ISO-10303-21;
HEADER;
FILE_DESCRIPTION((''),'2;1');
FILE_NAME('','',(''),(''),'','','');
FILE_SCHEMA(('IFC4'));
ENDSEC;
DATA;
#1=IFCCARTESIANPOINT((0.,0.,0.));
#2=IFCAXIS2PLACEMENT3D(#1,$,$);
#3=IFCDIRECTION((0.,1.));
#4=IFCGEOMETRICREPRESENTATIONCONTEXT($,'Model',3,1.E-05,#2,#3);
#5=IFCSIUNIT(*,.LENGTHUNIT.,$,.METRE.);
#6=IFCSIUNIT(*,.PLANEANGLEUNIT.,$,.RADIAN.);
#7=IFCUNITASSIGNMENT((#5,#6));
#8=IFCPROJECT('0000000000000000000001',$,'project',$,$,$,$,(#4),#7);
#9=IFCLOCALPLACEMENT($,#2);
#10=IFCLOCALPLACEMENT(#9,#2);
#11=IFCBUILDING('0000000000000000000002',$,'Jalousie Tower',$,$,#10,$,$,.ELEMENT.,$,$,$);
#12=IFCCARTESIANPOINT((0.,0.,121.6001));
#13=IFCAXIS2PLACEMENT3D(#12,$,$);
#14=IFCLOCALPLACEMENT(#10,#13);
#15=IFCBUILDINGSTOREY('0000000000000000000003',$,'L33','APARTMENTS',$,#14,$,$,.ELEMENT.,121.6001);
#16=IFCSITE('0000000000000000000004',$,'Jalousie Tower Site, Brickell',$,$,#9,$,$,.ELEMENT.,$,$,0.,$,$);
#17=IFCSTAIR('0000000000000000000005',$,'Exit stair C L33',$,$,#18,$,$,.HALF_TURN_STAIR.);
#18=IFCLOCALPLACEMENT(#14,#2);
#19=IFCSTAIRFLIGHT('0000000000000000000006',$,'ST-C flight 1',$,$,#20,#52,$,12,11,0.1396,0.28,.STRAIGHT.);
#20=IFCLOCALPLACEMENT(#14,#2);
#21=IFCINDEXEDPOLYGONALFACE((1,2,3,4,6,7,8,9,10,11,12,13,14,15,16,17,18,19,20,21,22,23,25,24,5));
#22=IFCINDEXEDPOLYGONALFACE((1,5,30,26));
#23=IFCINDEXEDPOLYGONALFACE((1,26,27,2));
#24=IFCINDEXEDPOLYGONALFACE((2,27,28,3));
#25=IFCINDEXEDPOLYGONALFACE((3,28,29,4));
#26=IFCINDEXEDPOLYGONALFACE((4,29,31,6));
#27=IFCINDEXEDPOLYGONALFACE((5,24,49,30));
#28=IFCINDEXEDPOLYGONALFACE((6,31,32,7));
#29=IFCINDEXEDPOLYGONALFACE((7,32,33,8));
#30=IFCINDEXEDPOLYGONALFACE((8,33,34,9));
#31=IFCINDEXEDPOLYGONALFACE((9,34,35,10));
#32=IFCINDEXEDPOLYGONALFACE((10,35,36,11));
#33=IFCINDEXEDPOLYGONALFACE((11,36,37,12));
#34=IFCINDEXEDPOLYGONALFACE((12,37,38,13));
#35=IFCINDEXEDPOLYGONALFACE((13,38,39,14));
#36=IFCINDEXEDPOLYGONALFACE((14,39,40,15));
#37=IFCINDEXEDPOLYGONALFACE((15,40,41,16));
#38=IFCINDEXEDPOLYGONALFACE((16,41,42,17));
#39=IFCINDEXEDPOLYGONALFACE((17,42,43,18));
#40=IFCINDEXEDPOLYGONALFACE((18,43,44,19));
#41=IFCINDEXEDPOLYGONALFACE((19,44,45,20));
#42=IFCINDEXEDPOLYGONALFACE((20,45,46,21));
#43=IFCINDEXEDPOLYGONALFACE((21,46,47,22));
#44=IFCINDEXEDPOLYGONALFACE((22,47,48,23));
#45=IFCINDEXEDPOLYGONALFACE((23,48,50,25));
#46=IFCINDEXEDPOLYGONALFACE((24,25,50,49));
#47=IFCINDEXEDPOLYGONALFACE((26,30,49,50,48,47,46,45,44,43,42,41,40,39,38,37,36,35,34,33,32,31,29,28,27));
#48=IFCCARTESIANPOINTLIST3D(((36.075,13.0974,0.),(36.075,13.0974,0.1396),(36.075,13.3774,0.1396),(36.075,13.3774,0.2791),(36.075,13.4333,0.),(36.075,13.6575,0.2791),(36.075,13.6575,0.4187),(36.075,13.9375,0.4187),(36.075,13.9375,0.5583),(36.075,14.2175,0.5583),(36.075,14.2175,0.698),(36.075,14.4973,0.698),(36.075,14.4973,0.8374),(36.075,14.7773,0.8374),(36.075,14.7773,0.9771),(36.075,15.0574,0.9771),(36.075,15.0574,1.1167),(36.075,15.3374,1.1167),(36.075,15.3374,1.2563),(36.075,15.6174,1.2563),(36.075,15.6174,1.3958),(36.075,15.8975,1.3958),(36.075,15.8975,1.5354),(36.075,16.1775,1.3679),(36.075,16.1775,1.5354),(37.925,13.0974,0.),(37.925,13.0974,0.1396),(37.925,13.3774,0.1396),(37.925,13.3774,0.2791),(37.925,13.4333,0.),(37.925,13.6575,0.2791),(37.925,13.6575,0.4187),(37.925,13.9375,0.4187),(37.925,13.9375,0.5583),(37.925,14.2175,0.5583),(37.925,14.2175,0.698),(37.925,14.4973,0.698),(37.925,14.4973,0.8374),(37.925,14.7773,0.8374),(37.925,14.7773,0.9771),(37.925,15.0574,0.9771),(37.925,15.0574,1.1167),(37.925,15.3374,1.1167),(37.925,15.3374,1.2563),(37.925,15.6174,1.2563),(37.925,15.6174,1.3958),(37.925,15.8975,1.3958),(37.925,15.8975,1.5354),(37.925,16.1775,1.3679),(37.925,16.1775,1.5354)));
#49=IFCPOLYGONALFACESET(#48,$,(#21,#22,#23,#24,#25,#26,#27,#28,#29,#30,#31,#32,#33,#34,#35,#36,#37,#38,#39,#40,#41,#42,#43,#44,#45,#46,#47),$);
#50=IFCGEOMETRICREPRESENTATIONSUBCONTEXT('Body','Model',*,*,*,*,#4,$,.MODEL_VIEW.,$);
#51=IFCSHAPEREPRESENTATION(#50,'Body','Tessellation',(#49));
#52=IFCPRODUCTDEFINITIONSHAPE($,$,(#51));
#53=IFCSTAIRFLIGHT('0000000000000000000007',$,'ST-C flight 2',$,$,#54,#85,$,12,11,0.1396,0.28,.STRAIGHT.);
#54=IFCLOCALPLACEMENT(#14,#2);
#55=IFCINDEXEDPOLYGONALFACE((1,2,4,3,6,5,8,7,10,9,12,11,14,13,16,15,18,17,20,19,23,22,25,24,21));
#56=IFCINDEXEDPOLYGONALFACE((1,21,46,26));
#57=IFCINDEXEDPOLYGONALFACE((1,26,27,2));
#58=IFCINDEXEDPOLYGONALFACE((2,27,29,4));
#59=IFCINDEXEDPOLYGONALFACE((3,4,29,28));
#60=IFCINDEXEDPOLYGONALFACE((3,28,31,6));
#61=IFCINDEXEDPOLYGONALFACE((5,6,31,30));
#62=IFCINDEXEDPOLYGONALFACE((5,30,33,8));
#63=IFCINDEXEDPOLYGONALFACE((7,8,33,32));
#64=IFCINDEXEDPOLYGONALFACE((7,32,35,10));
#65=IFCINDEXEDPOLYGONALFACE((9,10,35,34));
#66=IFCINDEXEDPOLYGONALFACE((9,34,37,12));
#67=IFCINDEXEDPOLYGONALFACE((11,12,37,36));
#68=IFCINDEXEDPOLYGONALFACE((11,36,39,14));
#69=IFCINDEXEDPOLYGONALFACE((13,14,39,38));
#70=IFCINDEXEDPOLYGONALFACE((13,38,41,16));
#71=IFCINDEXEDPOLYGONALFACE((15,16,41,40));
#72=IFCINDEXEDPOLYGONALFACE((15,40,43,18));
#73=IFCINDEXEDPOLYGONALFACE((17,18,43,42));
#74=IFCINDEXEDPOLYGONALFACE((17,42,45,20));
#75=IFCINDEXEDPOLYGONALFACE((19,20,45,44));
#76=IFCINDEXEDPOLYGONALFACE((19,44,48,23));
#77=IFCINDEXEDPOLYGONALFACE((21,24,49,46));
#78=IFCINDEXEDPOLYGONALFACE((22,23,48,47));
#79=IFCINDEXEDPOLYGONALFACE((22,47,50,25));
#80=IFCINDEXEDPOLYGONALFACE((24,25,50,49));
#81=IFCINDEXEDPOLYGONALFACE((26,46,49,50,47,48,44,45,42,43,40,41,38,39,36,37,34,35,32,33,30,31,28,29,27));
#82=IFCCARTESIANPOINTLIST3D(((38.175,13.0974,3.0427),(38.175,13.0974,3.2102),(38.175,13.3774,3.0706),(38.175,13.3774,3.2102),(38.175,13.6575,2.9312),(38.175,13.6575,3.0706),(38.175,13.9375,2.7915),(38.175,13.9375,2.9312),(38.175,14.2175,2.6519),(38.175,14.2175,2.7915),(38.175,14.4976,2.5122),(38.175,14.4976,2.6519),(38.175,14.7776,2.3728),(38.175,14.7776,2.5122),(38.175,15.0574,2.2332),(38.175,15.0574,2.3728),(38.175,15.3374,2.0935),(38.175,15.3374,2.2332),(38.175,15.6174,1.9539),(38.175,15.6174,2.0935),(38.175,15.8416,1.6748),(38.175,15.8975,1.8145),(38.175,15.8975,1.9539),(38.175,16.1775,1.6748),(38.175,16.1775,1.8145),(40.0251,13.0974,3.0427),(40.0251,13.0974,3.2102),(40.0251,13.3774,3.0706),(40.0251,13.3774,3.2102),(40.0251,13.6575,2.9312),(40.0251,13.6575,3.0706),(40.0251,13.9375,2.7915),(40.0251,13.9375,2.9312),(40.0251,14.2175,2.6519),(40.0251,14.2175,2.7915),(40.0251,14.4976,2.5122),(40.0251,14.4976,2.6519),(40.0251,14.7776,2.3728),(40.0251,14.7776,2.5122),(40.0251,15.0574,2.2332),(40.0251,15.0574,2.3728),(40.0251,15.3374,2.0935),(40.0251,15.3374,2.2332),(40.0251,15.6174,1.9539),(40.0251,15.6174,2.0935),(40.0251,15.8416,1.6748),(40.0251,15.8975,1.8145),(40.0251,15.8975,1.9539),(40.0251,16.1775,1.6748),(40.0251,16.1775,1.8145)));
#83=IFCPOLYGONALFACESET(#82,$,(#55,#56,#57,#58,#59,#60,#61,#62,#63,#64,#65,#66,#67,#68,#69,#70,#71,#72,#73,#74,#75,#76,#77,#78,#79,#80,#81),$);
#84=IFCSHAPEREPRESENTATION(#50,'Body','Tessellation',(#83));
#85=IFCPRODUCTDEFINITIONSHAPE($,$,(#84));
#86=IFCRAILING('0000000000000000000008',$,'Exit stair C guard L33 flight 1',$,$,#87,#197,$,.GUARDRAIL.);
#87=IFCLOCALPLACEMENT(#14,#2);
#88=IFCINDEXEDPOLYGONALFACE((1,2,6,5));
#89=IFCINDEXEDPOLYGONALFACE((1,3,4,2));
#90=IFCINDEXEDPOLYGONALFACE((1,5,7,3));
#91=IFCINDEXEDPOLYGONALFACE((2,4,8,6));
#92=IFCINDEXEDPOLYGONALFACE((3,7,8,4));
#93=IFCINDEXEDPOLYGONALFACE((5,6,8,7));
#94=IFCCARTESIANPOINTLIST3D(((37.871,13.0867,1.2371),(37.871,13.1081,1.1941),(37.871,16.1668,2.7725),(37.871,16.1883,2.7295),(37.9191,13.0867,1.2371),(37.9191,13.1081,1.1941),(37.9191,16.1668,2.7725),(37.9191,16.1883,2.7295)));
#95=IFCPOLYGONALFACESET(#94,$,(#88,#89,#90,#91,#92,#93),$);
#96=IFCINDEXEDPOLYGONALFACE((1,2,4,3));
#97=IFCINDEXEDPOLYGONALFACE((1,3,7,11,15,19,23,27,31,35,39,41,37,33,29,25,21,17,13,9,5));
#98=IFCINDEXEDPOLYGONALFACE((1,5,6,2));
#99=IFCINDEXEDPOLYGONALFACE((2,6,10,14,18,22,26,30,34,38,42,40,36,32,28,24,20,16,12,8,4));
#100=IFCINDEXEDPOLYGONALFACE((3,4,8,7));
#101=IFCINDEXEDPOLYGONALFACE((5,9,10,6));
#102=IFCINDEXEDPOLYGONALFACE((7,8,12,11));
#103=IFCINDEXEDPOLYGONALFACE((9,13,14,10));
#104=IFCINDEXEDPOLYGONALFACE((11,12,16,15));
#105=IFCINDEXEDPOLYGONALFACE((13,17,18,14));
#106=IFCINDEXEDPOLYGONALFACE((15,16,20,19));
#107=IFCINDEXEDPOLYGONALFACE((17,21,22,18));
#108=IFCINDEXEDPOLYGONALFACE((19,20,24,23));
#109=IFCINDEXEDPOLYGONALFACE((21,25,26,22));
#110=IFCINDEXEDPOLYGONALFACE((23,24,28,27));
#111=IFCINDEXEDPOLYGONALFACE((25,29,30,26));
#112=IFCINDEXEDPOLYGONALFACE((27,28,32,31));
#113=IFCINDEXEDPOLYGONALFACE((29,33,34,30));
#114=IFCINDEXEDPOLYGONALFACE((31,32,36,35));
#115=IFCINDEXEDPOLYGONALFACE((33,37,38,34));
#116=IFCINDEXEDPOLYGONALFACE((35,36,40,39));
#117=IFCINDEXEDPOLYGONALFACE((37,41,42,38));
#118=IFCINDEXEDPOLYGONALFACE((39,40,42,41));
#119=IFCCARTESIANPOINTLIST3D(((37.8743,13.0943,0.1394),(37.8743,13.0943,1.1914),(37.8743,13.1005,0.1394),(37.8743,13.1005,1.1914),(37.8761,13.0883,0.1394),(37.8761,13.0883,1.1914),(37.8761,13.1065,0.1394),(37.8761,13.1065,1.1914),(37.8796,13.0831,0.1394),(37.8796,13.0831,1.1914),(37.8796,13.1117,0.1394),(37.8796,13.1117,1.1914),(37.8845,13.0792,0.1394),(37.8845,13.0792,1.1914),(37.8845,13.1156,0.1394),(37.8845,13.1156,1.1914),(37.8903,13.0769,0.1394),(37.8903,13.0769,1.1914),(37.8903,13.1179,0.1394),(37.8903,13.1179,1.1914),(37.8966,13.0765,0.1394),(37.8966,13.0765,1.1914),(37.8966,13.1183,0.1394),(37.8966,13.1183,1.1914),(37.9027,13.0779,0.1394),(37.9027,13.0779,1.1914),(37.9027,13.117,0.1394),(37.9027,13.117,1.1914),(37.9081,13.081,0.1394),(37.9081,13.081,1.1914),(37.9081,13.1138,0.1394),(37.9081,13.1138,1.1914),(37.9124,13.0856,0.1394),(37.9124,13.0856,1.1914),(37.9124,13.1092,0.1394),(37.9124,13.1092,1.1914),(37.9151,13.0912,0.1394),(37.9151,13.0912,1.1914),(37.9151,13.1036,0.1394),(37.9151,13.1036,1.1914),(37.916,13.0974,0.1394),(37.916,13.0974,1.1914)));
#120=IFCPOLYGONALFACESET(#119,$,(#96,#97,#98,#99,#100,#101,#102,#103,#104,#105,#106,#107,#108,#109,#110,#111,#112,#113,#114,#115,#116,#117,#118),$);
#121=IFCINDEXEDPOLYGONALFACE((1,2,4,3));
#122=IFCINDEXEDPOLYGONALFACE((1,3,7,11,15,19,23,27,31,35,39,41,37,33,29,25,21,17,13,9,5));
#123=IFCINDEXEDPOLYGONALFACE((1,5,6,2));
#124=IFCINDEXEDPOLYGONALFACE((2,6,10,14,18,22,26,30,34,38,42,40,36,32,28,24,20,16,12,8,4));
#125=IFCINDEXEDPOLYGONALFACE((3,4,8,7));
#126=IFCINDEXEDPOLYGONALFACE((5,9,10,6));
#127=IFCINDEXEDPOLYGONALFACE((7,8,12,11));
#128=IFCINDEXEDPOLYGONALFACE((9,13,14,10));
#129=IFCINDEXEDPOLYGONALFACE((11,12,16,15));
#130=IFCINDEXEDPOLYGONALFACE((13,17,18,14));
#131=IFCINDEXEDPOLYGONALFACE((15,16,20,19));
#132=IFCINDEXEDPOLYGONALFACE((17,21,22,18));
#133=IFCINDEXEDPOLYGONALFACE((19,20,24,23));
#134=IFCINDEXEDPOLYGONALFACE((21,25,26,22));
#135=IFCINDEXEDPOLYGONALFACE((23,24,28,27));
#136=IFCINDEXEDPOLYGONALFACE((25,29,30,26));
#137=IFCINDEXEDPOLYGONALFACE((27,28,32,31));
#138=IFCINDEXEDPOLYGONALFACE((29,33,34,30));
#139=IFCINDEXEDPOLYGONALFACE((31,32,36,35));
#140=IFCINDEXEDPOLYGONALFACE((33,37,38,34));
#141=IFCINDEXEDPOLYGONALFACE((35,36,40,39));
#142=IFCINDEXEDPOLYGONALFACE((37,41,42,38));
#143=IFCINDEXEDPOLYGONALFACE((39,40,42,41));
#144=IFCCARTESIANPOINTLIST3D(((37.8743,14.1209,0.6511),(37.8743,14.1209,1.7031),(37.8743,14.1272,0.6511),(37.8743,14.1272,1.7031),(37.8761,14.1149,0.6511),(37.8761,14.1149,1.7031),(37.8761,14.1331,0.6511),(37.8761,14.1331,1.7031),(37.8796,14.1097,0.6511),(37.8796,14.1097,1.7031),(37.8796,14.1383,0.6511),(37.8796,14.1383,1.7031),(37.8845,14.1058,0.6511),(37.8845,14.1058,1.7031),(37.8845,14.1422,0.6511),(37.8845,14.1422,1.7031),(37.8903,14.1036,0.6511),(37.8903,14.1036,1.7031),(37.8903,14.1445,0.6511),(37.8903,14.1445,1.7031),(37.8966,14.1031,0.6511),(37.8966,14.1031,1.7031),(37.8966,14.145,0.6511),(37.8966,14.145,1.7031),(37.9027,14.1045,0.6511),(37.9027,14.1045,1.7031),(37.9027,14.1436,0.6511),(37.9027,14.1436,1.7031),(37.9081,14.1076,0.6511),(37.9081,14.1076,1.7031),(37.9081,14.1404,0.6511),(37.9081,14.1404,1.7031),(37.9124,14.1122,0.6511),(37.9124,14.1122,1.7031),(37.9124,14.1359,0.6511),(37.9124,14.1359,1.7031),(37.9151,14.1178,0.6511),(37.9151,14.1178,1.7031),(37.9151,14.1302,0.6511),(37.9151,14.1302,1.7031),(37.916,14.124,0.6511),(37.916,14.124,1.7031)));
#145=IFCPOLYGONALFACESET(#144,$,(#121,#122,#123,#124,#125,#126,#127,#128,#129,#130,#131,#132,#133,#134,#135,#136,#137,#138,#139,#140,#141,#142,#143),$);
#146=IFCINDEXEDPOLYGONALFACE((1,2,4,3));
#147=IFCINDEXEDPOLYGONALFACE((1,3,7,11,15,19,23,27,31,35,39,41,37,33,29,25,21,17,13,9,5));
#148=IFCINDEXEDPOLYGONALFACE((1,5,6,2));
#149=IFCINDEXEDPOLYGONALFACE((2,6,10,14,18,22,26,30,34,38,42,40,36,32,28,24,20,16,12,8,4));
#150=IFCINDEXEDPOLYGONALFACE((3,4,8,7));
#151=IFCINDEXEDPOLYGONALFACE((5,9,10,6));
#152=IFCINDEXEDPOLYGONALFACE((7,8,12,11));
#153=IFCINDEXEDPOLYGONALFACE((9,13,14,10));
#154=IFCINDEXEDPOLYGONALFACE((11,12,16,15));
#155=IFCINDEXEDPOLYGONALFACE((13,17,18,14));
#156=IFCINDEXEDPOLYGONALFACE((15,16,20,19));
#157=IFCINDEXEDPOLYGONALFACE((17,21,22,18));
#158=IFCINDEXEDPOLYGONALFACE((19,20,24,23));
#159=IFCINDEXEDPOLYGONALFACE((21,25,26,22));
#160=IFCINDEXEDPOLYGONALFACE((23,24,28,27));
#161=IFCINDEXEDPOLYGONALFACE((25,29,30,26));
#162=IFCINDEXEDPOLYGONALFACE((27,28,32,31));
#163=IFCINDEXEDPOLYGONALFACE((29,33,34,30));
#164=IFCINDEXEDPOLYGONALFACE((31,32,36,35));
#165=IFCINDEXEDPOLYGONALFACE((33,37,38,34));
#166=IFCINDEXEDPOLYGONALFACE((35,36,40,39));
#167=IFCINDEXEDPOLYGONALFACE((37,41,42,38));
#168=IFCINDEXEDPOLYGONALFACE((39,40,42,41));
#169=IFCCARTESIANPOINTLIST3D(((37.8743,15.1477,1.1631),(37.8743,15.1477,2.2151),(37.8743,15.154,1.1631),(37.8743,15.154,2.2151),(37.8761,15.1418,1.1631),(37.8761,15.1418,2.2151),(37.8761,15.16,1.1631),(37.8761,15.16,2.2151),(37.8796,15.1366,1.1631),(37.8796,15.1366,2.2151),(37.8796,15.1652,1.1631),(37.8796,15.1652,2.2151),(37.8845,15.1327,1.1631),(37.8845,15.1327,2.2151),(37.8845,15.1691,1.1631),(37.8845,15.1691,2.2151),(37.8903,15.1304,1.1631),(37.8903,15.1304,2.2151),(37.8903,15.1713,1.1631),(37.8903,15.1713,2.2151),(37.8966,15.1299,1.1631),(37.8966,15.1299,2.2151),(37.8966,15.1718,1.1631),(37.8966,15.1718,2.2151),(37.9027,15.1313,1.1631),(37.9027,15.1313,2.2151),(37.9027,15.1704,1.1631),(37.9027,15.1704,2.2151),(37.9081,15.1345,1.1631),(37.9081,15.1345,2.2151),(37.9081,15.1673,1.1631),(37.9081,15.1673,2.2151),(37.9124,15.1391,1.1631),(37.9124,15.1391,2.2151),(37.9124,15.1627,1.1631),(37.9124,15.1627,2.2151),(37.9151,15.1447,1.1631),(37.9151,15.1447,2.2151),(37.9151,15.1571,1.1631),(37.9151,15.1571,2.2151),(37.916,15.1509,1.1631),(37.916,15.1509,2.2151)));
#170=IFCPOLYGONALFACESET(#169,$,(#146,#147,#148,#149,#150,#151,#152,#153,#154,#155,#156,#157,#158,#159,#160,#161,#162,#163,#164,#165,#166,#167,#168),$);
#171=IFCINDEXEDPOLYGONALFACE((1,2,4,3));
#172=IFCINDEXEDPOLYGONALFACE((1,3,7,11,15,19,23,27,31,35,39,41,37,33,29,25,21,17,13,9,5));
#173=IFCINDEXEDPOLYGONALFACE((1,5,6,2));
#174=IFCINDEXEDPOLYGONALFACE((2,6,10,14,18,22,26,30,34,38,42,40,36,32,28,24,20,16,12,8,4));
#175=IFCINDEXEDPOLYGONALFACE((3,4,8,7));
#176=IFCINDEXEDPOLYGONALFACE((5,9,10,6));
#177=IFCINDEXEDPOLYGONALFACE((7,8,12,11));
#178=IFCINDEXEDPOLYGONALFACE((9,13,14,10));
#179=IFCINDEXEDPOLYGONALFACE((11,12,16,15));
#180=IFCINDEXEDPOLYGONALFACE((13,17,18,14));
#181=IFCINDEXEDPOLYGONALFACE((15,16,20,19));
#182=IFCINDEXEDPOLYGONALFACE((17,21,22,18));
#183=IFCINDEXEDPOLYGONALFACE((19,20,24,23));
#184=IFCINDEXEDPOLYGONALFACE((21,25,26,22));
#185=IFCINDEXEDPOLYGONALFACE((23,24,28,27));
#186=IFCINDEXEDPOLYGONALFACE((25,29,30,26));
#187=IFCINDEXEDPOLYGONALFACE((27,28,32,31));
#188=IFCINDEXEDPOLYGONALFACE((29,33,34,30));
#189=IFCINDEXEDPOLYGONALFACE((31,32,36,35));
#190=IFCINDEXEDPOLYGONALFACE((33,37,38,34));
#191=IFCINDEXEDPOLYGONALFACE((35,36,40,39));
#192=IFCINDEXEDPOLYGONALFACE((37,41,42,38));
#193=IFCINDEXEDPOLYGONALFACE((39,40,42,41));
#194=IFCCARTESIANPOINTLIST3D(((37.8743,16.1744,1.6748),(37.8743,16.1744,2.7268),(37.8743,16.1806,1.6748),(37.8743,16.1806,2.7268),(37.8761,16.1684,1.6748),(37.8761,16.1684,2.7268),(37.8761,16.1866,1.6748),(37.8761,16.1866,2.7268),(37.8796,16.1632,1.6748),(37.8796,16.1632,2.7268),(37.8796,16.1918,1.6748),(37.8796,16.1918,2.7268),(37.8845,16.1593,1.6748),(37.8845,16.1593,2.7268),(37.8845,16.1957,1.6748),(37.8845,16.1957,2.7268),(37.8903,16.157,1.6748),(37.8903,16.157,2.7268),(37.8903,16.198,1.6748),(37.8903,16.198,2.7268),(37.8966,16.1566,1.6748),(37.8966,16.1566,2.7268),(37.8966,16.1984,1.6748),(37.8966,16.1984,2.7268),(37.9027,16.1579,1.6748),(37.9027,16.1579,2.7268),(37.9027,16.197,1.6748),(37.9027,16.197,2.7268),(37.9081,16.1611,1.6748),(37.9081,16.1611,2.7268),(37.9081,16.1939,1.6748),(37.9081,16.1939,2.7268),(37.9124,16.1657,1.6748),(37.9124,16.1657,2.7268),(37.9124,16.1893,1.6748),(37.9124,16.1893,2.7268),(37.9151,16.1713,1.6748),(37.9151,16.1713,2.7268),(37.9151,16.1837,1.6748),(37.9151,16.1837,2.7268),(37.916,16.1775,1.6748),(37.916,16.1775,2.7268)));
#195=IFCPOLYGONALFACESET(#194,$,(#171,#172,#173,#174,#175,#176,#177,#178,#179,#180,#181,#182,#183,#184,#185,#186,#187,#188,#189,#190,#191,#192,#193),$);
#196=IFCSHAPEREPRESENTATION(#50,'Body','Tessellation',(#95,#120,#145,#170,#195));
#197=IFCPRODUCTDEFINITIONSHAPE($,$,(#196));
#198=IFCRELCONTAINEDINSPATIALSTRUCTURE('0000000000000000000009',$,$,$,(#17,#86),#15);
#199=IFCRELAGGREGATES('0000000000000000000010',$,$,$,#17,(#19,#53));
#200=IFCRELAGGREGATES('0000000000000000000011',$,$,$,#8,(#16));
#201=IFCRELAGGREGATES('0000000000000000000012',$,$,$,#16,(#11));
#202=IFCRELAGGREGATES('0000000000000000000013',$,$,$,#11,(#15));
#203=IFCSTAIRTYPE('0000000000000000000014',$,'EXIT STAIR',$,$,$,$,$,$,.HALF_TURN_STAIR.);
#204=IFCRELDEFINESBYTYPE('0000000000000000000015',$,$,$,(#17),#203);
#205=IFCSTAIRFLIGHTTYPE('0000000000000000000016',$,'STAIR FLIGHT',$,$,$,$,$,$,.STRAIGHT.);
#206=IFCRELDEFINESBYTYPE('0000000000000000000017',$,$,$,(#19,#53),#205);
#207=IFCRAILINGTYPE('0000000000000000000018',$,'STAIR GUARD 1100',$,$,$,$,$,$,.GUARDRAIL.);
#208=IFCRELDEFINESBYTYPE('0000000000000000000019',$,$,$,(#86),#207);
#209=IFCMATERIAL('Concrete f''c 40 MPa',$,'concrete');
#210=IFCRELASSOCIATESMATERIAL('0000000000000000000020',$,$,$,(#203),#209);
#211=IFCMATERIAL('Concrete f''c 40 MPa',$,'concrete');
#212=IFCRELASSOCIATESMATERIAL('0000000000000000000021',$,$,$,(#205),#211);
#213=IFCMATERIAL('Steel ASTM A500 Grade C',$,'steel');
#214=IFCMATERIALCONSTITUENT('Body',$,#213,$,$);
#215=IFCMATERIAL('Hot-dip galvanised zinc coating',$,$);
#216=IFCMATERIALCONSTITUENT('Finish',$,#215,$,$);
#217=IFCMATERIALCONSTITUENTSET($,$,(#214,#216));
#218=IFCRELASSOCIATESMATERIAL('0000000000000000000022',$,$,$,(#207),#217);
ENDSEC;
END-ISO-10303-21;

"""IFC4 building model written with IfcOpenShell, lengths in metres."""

from ifc_helpers import new_model, si_unit, direction, frame, origin, origin_2d, place, context, subcontext, project, spatial, polyline, rectangle, circle, outline, extrude, material, constituent, constituent_set, type_object, element, aggregate, save


model = new_model("IFC4")

# Units and contexts
model_context = context("Model", 3, precision=1e-05, world=origin(), true_north=direction((0.0, 1.0)))
body_context = subcontext(model_context, "Body", "Model", "MODEL_VIEW")
ifc_project = project(units=[si_unit("LENGTHUNIT", "METRE"), si_unit("PLANEANGLEUNIT", "RADIAN")], contexts=[model_context])

# Site, building, storey
site_placement = place(None, origin())
site = spatial("IfcSite", under=ifc_project, at=site_placement, Name="Jalousie Tower Site, Brickell", CompositionType="ELEMENT", RefElevation=0.0)
building_placement = place(site_placement, origin())
building = spatial("IfcBuilding", under=site, at=building_placement, Name="Jalousie Tower", CompositionType="ELEMENT")
storey_placement = place(building_placement, frame((0.0, 0.0, 121.6001)))
storey = spatial("IfcBuildingStorey", under=building, at=storey_placement, Name="L33", Description="APARTMENTS", CompositionType="ELEMENT", Elevation=121.6001)

# Stair, stair flights
ifc_material_1 = material(Name="Concrete f'c 40 MPa", Category="concrete")
stair_type = type_object("IfcStairType", Name="EXIT STAIR", PredefinedType="HALF_TURN_STAIR", material=ifc_material_1)
stair_placement = place(storey_placement, origin())
stair = element("IfcStair", 1, at=stair_placement, inside=storey, type_object=stair_type, Name="Exit stair C L33", PredefinedType="HALF_TURN_STAIR")
ifc_material_2 = material(Name="Concrete f'c 40 MPa", Category="concrete")
stair_flight_type = type_object("IfcStairFlightType", Name="STAIR FLIGHT", PredefinedType="STRAIGHT", material=ifc_material_2)
stair_flight_1_placement = place(storey_placement, frame((37.0, 13.0974, 0.0), z_axis=(0.0, 0.0, 1.0), x_axis=(0.0, 1.0, 0.0)))
stair_flight_1 = element("IfcStairFlight", 2, at=stair_flight_1_placement, type_object=stair_flight_type, Name="ST-C flight 1", NumberOfRisers=12, NumberOfTreads=11, PredefinedType="STRAIGHT", RiserHeight=0.1396, TreadLength=0.28, context=body_context, shape_type="SweptSolid", body=[
    extrude(outline(polyline([(0.0, 0.0), (0.0, 0.1396), (0.28, 0.1396), (0.28, 0.2791), (0.5601, 0.2791), (0.5601, 0.4187), (0.8401, 0.4187), (0.8401, 0.5583), (1.1201, 0.5583), (1.1201, 0.698), (1.3999, 0.698), (1.3999, 0.8374), (1.6799, 0.8374), (1.6799, 0.9771), (1.96, 0.9771), (1.96, 1.1167), (2.24, 1.1167), (2.24, 1.2563), (2.52, 1.2563), (2.52, 1.3958), (2.8, 1.3958), (2.8, 1.5354), (3.0801, 1.5354), (3.0801, 1.675), (3.0801, 1.3679), (0.3359, 0.0), (0.0, 0.0)])), frame((0.0, 0.925, 0.0), z_axis=(0.0, -1.0, 0.0), x_axis=(1.0, 0.0, 0.0)), (0.0, 0.0, 1.0), 1.8501),
])
stair_flight_2_placement = place(storey_placement, frame((39.1001, 16.1775, 1.6748), z_axis=(0.0, 0.0, 1.0), x_axis=(0.0, -1.0, 0.0)))
stair_flight_2 = element("IfcStairFlight", 3, at=stair_flight_2_placement, type_object=stair_flight_type, Name="ST-C flight 2", NumberOfRisers=12, NumberOfTreads=11, PredefinedType="STRAIGHT", RiserHeight=0.1396, TreadLength=0.28, context=body_context, shape_type="SweptSolid", body=[
    extrude(outline(polyline([(0.0, 0.0), (0.0, 0.1396), (0.28, 0.1396), (0.28, 0.2791), (0.5601, 0.2791), (0.5601, 0.4187), (0.8401, 0.4187), (0.8401, 0.5583), (1.1201, 0.5583), (1.1201, 0.698), (1.3999, 0.698), (1.3999, 0.8374), (1.6799, 0.8374), (1.6799, 0.9771), (1.96, 0.9771), (1.96, 1.1167), (2.24, 1.1167), (2.24, 1.2563), (2.52, 1.2563), (2.52, 1.3958), (2.8, 1.3958), (2.8, 1.5354), (3.0801, 1.5354), (3.0801, 1.675), (3.0801, 1.3679), (0.3359, 0.0), (0.0, 0.0)])), frame((0.0, 0.925, 0.0), z_axis=(0.0, -1.0, 0.0), x_axis=(1.0, 0.0, 0.0)), (0.0, 0.0, 1.0), 1.8501),
])
aggregate(stair, [stair_flight_1, stair_flight_2])

# Railing
ifc_material_3 = material(Name="Steel ASTM A500 Grade C", Category="steel")
ifc_constituent_1 = constituent(ifc_material_3, Name="Body")
ifc_material_4 = material(Name="Hot-dip galvanised zinc coating")
ifc_constituent_2 = constituent(ifc_material_4, Name="Finish")
ifc_constituent_set_1 = constituent_set(constituents=[ifc_constituent_1, ifc_constituent_2])
railing_type_1 = type_object("IfcRailingType", Name="STAIR GUARD 1100", PredefinedType="GUARDRAIL", material=ifc_constituent_set_1)
railing_1_placement = place(storey_placement, frame((37.895, 13.0974, 0.1394)))
element("IfcRailing", 4, at=railing_1_placement, inside=storey, type_object=railing_type_1, Name="Exit stair C guard L33 flight 1", PredefinedType="GUARDRAIL", context=body_context, shape_type="SweptSolid", body=[
    extrude(rectangle(XDim=0.0481, YDim=0.0481, at=origin_2d()), frame((0.0, 0.0, 1.0762), z_axis=(0.0, 0.894966, 0.446135), x_axis=(-1.0, 0.0, 0.0)), (0.0, 0.0, 1.0), 3.4417),
    extrude(circle(Radius=0.021, at=origin_2d()), origin(), (0.0, 0.0, 1.0), 1.052),
    extrude(circle(Radius=0.021, at=origin_2d()), frame((0.0, 1.0266, 0.5117)), (0.0, 0.0, 1.0), 1.052),
    extrude(circle(Radius=0.021, at=origin_2d()), frame((0.0, 2.0535, 1.0237)), (0.0, 0.0, 1.0), 1.052),
    extrude(circle(Radius=0.021, at=origin_2d()), frame((0.0, 3.0801, 1.5354)), (0.0, 0.0, 1.0), 1.052),
])

save(model, "model.ifc")
